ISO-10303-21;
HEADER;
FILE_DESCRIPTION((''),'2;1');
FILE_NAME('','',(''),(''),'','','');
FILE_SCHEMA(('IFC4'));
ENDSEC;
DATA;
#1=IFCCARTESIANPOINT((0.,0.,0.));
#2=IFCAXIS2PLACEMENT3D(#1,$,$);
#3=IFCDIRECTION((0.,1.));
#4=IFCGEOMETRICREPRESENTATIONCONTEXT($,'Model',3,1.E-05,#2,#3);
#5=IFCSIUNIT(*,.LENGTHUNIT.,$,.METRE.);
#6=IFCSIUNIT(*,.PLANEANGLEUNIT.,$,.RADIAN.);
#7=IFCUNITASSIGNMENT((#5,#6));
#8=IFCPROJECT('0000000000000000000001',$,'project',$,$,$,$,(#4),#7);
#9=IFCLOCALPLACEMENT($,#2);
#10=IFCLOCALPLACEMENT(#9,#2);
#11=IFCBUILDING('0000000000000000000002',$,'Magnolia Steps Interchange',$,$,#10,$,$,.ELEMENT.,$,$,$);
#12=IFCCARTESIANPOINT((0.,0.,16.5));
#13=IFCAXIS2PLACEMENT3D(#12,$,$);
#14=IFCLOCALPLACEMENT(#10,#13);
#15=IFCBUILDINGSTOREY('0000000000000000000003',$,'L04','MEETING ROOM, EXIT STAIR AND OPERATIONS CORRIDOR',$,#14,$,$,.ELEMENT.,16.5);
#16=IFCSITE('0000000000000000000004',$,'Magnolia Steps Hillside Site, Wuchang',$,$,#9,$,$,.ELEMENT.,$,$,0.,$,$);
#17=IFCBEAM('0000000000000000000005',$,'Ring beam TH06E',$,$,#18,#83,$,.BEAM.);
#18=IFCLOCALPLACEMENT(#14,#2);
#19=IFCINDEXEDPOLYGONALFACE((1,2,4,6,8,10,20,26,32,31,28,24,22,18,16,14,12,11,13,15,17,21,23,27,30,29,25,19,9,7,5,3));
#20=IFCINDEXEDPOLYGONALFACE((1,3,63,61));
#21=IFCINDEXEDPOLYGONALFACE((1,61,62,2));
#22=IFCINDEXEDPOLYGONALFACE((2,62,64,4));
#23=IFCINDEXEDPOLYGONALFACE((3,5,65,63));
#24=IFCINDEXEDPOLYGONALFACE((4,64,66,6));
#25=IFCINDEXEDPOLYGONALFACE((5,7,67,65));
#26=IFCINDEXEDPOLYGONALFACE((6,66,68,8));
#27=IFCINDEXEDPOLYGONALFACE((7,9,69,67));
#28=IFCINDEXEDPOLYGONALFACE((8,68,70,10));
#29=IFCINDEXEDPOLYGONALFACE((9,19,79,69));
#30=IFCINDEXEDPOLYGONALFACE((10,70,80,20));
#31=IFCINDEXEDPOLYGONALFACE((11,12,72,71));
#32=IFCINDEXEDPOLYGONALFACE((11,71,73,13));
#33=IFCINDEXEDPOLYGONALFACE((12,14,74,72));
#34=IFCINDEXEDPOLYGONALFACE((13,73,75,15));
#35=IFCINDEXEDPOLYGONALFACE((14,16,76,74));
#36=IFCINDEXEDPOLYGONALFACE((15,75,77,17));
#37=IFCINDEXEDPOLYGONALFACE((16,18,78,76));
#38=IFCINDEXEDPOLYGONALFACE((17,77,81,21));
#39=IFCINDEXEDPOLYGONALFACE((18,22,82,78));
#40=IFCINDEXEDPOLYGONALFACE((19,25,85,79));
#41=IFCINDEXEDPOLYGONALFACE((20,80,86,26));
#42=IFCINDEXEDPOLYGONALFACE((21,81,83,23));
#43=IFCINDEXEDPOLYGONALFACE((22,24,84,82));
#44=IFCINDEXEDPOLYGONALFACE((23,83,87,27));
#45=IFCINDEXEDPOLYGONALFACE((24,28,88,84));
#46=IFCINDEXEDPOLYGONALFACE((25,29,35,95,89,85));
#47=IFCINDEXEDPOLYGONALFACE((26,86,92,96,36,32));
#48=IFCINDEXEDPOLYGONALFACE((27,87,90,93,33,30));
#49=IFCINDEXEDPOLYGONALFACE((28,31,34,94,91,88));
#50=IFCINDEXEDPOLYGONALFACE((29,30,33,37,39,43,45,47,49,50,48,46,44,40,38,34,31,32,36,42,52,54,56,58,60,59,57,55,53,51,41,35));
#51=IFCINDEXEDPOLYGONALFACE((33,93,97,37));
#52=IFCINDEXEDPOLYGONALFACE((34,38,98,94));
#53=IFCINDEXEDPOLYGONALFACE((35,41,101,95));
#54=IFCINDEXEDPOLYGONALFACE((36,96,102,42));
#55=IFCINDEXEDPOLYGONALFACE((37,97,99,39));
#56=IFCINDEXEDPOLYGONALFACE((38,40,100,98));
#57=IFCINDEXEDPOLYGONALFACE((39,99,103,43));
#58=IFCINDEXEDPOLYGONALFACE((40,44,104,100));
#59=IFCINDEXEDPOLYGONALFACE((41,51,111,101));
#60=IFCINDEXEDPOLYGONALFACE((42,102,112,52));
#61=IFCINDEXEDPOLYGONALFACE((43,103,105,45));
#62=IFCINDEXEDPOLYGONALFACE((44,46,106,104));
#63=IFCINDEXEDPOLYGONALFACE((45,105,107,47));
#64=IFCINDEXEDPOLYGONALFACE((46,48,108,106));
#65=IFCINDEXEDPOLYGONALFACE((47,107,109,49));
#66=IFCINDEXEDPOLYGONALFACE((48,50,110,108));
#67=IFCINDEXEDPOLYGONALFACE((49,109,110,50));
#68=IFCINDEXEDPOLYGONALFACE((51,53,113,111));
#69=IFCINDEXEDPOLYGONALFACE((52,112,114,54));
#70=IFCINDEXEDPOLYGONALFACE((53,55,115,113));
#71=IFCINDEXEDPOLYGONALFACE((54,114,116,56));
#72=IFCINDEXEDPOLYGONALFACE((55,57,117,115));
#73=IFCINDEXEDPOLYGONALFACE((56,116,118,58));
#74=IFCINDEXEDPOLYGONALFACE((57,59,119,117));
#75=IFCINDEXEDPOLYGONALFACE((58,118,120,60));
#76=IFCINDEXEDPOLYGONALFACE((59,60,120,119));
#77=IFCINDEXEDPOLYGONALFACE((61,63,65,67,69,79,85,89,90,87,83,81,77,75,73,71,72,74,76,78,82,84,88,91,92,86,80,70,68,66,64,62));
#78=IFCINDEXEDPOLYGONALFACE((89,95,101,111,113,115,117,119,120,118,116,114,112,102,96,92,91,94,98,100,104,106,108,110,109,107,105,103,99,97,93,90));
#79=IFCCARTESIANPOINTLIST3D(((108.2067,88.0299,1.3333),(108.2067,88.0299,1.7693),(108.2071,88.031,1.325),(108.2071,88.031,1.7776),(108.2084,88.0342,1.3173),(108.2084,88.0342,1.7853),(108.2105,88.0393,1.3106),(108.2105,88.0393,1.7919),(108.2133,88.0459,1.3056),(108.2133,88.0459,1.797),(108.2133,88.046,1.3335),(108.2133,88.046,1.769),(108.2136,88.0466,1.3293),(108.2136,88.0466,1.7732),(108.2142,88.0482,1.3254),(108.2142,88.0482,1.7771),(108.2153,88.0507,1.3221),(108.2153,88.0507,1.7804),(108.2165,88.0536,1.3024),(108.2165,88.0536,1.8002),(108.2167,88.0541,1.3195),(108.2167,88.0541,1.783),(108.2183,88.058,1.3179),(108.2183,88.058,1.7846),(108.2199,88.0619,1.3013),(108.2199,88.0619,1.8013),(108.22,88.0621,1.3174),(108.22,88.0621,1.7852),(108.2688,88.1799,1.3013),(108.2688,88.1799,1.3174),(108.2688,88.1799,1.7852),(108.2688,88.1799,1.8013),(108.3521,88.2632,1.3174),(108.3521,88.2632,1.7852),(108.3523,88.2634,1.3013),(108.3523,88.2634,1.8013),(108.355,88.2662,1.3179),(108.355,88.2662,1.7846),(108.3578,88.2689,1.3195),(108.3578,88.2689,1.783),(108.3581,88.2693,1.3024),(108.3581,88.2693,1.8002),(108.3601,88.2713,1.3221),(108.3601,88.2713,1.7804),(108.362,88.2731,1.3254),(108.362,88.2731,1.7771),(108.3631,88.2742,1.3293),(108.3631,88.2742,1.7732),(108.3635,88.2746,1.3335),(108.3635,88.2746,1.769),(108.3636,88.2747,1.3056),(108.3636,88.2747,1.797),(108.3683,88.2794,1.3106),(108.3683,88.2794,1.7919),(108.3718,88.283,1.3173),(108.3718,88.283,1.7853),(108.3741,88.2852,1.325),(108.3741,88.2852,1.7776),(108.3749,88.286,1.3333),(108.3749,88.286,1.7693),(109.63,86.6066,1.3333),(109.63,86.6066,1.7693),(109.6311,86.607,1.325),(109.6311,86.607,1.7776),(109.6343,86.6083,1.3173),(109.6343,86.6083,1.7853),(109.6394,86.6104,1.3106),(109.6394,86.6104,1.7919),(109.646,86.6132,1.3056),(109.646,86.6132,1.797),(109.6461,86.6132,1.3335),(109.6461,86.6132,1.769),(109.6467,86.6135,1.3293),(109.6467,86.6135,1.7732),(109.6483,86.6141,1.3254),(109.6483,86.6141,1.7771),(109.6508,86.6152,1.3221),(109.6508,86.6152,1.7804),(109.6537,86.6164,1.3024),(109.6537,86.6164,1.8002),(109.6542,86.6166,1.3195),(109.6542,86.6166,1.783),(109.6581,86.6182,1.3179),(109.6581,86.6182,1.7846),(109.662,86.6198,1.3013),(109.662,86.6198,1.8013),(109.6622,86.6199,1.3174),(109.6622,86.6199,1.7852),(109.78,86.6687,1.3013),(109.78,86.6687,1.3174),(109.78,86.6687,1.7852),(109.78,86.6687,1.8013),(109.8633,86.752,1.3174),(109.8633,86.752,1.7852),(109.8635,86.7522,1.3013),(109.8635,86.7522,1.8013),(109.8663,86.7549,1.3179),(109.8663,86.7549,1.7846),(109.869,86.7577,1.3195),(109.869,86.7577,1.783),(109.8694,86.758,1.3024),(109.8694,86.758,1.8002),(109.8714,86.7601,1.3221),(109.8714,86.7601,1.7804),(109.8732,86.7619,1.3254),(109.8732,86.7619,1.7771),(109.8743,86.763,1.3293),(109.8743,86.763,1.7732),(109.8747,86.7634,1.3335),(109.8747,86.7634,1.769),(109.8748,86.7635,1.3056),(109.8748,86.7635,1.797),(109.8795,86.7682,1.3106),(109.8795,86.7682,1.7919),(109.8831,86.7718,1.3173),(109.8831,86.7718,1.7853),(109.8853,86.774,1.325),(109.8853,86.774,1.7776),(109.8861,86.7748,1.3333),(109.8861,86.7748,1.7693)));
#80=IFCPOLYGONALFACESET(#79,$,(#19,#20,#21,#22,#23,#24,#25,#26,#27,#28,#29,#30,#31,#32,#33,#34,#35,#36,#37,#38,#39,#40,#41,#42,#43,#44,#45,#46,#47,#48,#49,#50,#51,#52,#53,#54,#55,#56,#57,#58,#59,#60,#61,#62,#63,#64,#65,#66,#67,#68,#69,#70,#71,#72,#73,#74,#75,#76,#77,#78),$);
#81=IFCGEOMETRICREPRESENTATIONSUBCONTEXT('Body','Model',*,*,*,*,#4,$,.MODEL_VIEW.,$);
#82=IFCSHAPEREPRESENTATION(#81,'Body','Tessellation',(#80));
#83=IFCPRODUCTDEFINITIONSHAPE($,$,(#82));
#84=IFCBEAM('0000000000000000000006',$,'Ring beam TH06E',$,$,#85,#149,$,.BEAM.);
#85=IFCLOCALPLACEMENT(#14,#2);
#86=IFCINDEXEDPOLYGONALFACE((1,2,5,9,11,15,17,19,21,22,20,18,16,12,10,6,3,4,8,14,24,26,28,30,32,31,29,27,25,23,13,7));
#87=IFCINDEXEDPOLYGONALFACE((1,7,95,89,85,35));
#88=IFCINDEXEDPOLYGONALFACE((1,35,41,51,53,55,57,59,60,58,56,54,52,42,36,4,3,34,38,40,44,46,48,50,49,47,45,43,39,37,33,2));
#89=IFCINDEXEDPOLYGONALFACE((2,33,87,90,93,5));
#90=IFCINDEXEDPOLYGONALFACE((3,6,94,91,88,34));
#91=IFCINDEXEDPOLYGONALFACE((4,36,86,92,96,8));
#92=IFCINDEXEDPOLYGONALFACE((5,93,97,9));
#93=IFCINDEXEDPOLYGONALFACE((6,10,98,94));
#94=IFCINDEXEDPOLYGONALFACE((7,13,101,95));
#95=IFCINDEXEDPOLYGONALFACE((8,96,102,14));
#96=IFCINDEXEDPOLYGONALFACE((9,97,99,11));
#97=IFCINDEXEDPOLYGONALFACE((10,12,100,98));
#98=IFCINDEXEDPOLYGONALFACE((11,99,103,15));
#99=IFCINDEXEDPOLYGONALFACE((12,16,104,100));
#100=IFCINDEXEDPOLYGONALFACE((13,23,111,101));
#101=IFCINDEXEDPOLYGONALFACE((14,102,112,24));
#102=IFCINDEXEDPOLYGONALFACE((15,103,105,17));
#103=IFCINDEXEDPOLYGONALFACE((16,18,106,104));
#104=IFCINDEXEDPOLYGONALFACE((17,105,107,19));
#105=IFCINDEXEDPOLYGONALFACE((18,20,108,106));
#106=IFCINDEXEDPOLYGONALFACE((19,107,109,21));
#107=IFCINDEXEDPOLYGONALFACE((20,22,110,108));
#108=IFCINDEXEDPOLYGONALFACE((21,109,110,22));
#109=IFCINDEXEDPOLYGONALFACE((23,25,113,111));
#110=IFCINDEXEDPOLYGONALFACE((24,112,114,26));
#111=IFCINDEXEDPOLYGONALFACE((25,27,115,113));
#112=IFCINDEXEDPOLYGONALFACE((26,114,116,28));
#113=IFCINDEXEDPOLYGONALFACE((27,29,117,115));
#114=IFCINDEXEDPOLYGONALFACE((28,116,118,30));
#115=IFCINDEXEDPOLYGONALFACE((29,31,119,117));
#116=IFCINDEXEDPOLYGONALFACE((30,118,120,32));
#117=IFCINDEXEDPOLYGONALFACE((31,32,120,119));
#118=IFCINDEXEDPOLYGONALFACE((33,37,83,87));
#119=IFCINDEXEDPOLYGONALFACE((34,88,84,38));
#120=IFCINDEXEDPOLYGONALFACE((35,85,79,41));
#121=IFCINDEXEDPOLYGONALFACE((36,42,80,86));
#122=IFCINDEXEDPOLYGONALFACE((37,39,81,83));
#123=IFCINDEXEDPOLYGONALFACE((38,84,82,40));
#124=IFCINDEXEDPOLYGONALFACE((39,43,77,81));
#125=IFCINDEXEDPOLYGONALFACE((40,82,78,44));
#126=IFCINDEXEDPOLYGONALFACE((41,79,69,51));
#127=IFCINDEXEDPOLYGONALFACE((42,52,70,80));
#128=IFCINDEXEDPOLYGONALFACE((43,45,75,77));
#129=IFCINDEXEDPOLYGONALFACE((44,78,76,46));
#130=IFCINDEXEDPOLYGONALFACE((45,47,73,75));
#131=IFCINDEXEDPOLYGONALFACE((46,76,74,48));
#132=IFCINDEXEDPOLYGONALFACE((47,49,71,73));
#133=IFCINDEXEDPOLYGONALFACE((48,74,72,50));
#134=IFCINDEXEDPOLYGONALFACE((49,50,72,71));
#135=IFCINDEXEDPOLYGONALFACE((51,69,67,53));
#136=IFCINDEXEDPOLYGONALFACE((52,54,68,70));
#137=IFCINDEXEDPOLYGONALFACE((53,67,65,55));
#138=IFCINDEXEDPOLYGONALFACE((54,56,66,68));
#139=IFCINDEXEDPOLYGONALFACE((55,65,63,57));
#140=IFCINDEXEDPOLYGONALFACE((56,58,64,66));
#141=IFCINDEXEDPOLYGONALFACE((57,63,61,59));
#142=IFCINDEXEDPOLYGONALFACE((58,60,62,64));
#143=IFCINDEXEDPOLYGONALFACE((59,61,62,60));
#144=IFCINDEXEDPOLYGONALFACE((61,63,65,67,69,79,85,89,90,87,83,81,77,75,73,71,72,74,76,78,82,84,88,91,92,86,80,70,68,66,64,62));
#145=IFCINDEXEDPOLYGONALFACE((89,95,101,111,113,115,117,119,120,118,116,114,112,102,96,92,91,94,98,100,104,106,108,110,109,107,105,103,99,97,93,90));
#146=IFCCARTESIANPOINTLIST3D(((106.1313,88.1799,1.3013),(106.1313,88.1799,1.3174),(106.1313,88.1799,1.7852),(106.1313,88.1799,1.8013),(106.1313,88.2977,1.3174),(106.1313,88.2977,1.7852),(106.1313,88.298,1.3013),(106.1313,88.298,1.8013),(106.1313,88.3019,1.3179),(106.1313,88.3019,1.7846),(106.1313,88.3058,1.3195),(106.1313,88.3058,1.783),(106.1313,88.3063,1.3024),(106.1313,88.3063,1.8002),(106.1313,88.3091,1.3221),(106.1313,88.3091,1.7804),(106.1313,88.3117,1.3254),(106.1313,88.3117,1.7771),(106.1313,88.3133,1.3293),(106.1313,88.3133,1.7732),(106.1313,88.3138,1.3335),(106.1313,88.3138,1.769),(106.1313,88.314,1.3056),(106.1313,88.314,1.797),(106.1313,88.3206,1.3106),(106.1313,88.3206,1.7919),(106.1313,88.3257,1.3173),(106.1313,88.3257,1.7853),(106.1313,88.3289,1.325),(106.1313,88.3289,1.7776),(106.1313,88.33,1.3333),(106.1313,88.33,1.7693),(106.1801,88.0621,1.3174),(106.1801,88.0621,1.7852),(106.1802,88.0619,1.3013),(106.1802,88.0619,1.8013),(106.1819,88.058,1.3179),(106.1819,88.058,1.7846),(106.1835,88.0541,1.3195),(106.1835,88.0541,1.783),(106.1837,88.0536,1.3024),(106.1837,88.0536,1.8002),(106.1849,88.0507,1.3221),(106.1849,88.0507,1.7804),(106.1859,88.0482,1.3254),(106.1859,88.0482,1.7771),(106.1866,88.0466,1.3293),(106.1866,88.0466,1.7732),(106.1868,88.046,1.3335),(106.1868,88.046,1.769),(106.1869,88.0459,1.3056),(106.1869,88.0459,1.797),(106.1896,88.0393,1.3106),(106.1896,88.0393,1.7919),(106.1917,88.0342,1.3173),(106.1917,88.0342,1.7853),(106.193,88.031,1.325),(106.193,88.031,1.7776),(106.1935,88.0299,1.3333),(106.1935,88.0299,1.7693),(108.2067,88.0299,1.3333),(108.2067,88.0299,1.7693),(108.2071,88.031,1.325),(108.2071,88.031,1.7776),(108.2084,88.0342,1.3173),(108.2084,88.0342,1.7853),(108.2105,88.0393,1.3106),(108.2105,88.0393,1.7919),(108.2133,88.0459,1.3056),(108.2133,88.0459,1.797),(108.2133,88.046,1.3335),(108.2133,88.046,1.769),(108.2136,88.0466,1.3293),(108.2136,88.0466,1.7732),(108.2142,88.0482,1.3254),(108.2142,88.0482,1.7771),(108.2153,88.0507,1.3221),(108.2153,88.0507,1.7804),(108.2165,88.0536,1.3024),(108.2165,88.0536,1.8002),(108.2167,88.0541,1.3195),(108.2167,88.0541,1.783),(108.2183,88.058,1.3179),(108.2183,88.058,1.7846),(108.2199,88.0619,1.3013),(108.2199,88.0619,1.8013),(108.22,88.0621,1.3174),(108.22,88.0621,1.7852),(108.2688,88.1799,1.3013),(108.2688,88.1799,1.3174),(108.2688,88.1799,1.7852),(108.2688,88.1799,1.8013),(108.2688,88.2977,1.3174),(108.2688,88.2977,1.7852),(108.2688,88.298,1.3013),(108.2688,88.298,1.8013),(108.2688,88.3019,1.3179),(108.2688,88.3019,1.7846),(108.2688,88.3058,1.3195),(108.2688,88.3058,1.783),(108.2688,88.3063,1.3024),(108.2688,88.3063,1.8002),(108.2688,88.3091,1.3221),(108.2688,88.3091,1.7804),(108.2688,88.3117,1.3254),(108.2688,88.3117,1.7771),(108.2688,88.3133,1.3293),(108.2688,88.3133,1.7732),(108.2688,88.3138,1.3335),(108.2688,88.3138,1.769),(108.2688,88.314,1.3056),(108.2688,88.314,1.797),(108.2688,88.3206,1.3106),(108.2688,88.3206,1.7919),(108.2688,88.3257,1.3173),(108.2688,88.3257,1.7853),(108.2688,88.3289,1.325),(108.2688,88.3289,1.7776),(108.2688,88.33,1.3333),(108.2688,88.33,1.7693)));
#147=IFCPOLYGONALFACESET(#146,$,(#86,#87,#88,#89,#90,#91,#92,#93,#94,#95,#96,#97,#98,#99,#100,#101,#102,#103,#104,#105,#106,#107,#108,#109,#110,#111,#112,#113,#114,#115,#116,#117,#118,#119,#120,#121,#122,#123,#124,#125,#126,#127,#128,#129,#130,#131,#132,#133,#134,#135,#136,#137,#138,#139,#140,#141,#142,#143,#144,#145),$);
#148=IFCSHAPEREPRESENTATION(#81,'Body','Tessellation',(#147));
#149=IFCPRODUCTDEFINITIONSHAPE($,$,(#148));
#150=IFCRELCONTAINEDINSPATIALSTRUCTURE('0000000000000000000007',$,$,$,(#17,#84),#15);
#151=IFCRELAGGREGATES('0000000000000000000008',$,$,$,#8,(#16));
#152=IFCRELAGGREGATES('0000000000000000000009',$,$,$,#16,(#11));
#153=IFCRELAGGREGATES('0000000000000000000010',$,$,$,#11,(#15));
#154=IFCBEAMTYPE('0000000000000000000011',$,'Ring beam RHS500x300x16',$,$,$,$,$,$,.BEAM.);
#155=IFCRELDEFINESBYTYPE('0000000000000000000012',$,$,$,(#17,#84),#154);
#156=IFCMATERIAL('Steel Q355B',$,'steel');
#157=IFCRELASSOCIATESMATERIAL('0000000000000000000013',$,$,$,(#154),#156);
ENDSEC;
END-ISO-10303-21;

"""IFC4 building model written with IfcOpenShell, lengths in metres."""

from ifc_helpers import new_model, si_unit, direction, frame, origin, origin_2d, place, context, subcontext, project, spatial, hollow_rectangle, extrude, clip, halfspace, material, material_profile, profile_set, type_object, element, save


model = new_model("IFC4")

# Units and contexts
model_context = context("Model", 3, precision=1e-05, world=origin(), true_north=direction((0.0, 1.0)))
body_context = subcontext(model_context, "Body", "Model", "MODEL_VIEW")
ifc_project = project(units=[si_unit("LENGTHUNIT", "METRE"), si_unit("PLANEANGLEUNIT", "RADIAN")], contexts=[model_context])

# Site, building, storey
site_placement = place(None, origin())
site = spatial("IfcSite", under=ifc_project, at=site_placement, Name="Magnolia Steps Hillside Site, Wuchang", CompositionType="ELEMENT", RefElevation=0.0)
building_placement = place(site_placement, origin())
building = spatial("IfcBuilding", under=site, at=building_placement, Name="Magnolia Steps Interchange", CompositionType="ELEMENT")
storey_placement = place(building_placement, frame((0.0, 0.0, 16.5)))
storey = spatial("IfcBuildingStorey", under=building, at=storey_placement, Name="L04", Description="MEETING ROOM, EXIT STAIR AND OPERATIONS CORRIDOR", CompositionType="ELEMENT", Elevation=16.5)

# Beams
ifc_material_1 = material(Name="Steel Q355B", Category="steel")
ifc_material_profile_1 = material_profile(ifc_material_1, hollow_rectangle(XDim=0.3, YDim=0.5, WallThickness=0.0161, InnerFilletRadius=0.0161, OuterFilletRadius=0.032, at=origin_2d()), Name="RHS500x300x16")
ifc_profile_set_1 = profile_set([ifc_material_profile_1], Name="Steel Q355B")
beam_type_1 = type_object("IfcBeamType", Name="Ring beam RHS500x300x16", PredefinedType="BEAM", material=ifc_profile_set_1)
beam_1_placement = place(storey_placement, frame((109.78, 86.6687, 1.5513), z_axis=(-0.707107, 0.707107, 0.0), x_axis=(-0.707107, -0.707107, 0.0)))
element("IfcBeam", 1, at=beam_1_placement, inside=storey, type_object=beam_type_1, Name="Ring beam TH06E", PredefinedType="BEAM", context=body_context, shape_type="Clipping", body=[
    clip(clip(extrude(hollow_rectangle(XDim=0.3, YDim=0.5, WallThickness=0.0161, InnerFilletRadius=0.0161, OuterFilletRadius=0.032, at=origin_2d()), origin(), (0.0, 0.0, 1.0), 2.1372), halfspace(frame((0.0, 0.0, 0.0), z_axis=(0.382683, 0.0, -0.92388), x_axis=(0.92388, 0.0, 0.382683)), False)), halfspace(frame((0.0, 0.0, 2.1372), z_axis=(0.382683, 0.0, 0.92388), x_axis=(0.92388, 0.0, -0.382683)), False)),
])
beam_2_placement = place(storey_placement, frame((108.2688, 88.1799, 1.5513), z_axis=(-1.0, 0.0, 0.0), x_axis=(0.0, -1.0, 0.0)))
element("IfcBeam", 2, at=beam_2_placement, inside=storey, type_object=beam_type_1, Name="Ring beam TH06E", PredefinedType="BEAM", context=body_context, shape_type="Clipping", body=[
    clip(clip(extrude(hollow_rectangle(XDim=0.3, YDim=0.5, WallThickness=0.0161, InnerFilletRadius=0.0161, OuterFilletRadius=0.032, at=origin_2d()), origin(), (0.0, 0.0, 1.0), 2.1375), halfspace(frame((0.0, 0.0, 0.0), z_axis=(0.382683, 0.0, -0.92388), x_axis=(0.92388, 0.0, 0.382683)), False)), halfspace(frame((0.0, 0.0, 2.1375), z_axis=(0.382683, 0.0, 0.92388), x_axis=(0.92388, 0.0, -0.382683)), False)),
])

save(model, "model.ifc")
